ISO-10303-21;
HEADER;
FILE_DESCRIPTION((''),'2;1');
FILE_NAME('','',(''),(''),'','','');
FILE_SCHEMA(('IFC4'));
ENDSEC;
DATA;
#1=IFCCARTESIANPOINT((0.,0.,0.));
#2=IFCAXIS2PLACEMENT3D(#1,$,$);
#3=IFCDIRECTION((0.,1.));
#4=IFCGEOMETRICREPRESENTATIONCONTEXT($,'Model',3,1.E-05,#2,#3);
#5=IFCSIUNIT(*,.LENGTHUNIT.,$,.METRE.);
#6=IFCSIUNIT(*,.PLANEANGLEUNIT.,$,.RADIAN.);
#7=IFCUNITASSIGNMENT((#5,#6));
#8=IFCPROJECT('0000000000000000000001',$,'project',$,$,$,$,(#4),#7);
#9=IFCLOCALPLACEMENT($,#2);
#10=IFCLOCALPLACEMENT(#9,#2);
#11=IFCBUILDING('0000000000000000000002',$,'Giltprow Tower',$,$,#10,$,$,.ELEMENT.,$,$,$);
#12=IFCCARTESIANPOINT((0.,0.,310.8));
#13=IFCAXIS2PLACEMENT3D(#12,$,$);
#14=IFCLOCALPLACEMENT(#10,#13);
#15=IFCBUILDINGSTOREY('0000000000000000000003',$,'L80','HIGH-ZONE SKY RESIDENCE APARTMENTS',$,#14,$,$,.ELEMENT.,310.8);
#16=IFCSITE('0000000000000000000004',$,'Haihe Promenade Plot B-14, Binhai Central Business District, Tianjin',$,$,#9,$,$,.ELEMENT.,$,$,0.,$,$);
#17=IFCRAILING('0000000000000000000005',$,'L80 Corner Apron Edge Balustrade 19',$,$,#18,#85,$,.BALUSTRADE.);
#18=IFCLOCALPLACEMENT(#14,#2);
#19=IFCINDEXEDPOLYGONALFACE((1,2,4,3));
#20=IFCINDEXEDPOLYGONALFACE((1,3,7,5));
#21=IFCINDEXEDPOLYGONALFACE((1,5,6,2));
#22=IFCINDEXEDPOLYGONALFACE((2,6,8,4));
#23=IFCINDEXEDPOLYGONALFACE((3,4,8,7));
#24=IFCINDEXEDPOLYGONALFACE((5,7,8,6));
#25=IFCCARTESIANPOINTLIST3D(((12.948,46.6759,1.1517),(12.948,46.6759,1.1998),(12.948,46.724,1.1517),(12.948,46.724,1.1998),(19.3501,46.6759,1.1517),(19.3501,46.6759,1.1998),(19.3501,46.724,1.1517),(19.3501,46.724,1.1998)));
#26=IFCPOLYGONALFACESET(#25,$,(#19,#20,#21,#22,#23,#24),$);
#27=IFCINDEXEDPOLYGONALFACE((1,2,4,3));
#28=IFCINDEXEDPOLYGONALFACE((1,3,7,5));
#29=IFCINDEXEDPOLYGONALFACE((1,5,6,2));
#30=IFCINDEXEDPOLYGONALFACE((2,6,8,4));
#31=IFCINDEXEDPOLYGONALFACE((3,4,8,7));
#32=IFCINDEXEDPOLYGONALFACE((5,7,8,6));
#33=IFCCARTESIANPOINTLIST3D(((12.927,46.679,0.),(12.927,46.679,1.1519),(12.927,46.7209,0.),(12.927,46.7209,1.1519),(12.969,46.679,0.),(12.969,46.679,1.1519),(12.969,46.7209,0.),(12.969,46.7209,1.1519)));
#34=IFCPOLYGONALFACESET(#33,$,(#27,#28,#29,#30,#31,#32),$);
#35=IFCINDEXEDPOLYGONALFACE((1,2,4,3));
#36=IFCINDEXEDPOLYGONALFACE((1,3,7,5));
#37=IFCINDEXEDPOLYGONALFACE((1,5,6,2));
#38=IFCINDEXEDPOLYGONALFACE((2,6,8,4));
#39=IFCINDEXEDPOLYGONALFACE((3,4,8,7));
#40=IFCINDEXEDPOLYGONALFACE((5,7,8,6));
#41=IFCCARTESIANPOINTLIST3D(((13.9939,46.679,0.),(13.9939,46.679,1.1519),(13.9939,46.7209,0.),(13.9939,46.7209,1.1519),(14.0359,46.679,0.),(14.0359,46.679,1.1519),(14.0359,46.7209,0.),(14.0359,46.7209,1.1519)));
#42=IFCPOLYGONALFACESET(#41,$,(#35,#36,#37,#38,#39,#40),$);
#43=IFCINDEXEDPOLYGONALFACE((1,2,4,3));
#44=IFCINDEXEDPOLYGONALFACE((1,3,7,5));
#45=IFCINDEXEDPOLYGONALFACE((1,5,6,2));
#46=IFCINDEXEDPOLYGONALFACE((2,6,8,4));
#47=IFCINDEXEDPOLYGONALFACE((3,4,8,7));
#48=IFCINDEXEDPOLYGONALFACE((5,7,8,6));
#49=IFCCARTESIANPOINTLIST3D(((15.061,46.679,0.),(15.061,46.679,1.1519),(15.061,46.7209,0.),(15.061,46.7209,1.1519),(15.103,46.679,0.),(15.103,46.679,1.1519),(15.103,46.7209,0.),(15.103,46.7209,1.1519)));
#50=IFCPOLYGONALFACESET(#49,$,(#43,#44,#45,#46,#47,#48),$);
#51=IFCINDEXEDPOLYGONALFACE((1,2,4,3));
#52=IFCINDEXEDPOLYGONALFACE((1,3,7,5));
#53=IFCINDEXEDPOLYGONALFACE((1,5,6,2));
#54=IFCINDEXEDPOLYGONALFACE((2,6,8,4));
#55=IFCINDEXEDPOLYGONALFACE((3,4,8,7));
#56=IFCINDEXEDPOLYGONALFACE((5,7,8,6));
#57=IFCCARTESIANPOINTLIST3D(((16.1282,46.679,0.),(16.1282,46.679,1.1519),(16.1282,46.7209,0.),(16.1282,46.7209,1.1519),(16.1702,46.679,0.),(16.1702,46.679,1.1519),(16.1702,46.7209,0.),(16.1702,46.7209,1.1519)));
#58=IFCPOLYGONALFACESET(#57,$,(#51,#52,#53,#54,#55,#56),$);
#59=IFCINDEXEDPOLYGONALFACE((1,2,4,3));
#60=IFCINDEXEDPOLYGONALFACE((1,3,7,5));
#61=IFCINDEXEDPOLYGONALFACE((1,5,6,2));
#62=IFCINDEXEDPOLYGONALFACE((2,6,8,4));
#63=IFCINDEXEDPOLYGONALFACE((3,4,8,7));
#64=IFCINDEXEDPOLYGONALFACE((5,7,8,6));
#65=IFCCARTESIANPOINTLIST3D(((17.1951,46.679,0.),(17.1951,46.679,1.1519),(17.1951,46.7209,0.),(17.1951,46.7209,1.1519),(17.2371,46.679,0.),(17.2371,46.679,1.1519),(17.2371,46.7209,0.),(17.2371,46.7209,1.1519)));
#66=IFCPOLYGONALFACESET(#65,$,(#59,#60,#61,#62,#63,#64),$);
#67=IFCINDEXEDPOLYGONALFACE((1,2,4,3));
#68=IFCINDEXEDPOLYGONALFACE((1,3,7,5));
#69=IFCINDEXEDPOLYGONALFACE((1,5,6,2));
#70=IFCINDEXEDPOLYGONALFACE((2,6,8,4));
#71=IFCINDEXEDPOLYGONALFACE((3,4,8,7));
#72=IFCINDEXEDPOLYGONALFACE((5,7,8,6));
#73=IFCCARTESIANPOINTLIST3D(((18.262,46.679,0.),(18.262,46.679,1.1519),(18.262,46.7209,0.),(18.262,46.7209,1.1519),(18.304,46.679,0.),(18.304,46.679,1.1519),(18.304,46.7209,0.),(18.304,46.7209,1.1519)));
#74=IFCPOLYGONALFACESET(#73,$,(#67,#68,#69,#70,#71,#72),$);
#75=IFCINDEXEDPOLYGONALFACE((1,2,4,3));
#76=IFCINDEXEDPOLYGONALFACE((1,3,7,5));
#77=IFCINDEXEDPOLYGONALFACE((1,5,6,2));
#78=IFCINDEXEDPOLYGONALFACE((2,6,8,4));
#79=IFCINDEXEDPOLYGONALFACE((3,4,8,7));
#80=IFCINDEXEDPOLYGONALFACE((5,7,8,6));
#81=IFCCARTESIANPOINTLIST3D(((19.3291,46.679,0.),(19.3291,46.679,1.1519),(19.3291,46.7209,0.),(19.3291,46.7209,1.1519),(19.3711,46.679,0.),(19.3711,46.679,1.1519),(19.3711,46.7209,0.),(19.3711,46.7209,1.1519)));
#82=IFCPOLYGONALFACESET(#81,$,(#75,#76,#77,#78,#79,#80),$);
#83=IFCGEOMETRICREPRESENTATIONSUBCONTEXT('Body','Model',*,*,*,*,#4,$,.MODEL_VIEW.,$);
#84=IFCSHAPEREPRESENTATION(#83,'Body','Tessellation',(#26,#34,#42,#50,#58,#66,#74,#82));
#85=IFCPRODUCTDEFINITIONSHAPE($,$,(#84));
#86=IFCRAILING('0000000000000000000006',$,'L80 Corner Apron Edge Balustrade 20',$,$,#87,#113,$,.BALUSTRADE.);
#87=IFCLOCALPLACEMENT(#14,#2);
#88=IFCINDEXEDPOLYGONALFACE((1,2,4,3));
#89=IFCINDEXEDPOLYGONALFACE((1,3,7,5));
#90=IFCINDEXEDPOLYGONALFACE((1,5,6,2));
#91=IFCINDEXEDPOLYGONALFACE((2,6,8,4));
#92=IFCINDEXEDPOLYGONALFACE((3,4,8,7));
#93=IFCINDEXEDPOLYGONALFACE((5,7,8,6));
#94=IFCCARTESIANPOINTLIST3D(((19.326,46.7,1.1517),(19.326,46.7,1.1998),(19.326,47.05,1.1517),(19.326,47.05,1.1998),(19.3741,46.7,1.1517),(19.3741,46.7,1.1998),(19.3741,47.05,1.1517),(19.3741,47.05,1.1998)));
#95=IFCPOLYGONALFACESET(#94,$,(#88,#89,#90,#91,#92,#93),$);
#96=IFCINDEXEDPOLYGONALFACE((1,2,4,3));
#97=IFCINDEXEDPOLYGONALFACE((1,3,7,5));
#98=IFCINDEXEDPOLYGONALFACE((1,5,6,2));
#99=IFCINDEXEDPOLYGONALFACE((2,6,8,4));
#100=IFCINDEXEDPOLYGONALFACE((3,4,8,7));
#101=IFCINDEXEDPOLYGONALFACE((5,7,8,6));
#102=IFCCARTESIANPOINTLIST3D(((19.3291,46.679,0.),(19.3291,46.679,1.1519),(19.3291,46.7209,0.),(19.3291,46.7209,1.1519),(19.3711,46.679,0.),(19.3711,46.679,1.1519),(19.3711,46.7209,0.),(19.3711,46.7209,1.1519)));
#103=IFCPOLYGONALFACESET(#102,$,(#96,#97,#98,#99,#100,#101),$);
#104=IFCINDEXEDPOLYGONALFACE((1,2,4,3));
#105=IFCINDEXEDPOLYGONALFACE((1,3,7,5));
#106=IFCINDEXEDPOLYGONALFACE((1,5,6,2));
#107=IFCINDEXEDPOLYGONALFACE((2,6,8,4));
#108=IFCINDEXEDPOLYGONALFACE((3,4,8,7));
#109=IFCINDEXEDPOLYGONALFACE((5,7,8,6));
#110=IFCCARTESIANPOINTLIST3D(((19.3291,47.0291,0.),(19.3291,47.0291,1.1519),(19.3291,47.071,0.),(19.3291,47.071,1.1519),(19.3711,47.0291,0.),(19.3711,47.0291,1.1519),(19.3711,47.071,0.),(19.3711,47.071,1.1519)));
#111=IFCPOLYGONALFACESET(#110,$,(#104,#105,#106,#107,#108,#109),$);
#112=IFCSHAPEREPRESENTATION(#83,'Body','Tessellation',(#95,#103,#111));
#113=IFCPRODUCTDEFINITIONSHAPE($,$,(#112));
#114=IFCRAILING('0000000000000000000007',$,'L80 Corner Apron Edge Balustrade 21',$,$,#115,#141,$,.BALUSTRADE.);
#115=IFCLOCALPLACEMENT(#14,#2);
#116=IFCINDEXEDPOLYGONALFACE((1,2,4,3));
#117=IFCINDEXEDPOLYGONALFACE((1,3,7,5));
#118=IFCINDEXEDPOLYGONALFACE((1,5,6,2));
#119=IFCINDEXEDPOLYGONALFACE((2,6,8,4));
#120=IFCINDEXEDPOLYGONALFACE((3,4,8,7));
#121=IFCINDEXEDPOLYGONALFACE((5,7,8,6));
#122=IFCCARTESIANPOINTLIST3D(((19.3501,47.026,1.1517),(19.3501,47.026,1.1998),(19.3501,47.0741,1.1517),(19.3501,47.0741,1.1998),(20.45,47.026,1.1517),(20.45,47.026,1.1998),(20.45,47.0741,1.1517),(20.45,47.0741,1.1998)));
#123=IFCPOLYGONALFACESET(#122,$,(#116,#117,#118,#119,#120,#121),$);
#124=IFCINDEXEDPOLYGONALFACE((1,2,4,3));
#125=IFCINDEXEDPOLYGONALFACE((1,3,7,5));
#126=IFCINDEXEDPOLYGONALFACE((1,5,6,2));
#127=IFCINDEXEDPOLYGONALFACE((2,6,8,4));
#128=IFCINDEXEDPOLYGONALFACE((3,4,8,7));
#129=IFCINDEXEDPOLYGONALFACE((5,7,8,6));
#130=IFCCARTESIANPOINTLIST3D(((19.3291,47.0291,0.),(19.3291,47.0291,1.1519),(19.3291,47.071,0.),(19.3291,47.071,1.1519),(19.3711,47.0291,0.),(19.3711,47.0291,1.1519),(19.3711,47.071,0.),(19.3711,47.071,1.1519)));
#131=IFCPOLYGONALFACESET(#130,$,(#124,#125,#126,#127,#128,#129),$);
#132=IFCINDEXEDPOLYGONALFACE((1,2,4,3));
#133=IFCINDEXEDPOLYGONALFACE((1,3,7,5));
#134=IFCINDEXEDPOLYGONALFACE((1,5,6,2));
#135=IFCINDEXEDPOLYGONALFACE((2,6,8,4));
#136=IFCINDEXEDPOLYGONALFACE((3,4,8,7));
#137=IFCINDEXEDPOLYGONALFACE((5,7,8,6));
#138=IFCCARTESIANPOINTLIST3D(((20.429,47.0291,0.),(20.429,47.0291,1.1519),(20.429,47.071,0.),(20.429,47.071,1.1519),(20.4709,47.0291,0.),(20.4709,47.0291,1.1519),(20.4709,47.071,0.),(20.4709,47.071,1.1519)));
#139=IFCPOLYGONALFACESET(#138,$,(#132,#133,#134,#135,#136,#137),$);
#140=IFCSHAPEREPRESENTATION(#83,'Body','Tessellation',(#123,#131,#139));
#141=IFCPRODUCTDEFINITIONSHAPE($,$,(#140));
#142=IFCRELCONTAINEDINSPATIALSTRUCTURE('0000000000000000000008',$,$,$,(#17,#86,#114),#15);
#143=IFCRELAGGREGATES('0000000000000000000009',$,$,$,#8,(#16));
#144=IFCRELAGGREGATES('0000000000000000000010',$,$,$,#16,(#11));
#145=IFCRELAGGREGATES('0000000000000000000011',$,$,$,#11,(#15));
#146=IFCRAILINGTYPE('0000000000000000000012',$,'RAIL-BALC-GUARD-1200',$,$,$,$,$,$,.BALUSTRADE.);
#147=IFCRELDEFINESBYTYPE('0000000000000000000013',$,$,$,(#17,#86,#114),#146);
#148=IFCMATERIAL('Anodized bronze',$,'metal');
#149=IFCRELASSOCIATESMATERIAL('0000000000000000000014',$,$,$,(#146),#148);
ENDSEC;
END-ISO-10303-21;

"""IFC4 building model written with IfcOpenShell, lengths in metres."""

from ifc_helpers import new_model, si_unit, direction, frame, origin, origin_2d, place, context, subcontext, project, spatial, rectangle, extrude, material, type_object, element, save


model = new_model("IFC4")

# Units and contexts
model_context = context("Model", 3, precision=1e-05, world=origin(), true_north=direction((0.0, 1.0)))
body_context = subcontext(model_context, "Body", "Model", "MODEL_VIEW")
ifc_project = project(units=[si_unit("LENGTHUNIT", "METRE"), si_unit("PLANEANGLEUNIT", "RADIAN")], contexts=[model_context])

# Site, building, storey
site_placement = place(None, origin())
site = spatial("IfcSite", under=ifc_project, at=site_placement, Name="Haihe Promenade Plot B-14, Binhai Central Business District, Tianjin", CompositionType="ELEMENT", RefElevation=0.0)
building_placement = place(site_placement, origin())
building = spatial("IfcBuilding", under=site, at=building_placement, Name="Giltprow Tower", CompositionType="ELEMENT")
storey_placement = place(building_placement, frame((0.0, 0.0, 310.8)))
storey = spatial("IfcBuildingStorey", under=building, at=storey_placement, Name="L80", Description="HIGH-ZONE SKY RESIDENCE APARTMENTS", CompositionType="ELEMENT", Elevation=310.8)

# Railings
ifc_material_1 = material(Name="Anodized bronze", Category="metal")
railing_type = type_object("IfcRailingType", Name="RAIL-BALC-GUARD-1200", PredefinedType="BALUSTRADE", material=ifc_material_1)
railing_1_placement = place(storey_placement, frame((12.948, 46.7, 0.0)))
element("IfcRailing", 1, at=railing_1_placement, inside=storey, type_object=railing_type, Name="L80 Corner Apron Edge Balustrade 19", PredefinedType="BALUSTRADE", context=body_context, shape_type="SweptSolid", body=[
    extrude(rectangle(XDim=0.0481, YDim=0.0481, at=origin_2d()), frame((0.0, 0.0, 1.1758), z_axis=(1.0, 0.0, 0.0), x_axis=(0.0, 1.0, 0.0)), (0.0, 0.0, 1.0), 6.4021),
    extrude(rectangle(XDim=0.042, YDim=0.042, at=origin_2d()), origin(), (0.0, 0.0, 1.0), 1.1519),
    extrude(rectangle(XDim=0.042, YDim=0.042, at=origin_2d()), frame((1.0669, 0.0, 0.0)), (0.0, 0.0, 1.0), 1.1519),
    extrude(rectangle(XDim=0.042, YDim=0.042, at=origin_2d()), frame((2.134, 0.0, 0.0)), (0.0, 0.0, 1.0), 1.1519),
    extrude(rectangle(XDim=0.042, YDim=0.042, at=origin_2d()), frame((3.2012, 0.0, 0.0)), (0.0, 0.0, 1.0), 1.1519),
    extrude(rectangle(XDim=0.042, YDim=0.042, at=origin_2d()), frame((4.2681, 0.0, 0.0)), (0.0, 0.0, 1.0), 1.1519),
    extrude(rectangle(XDim=0.042, YDim=0.042, at=origin_2d()), frame((5.335, 0.0, 0.0)), (0.0, 0.0, 1.0), 1.1519),
    extrude(rectangle(XDim=0.042, YDim=0.042, at=origin_2d()), frame((6.4021, 0.0, 0.0)), (0.0, 0.0, 1.0), 1.1519),
])
railing_2_placement = place(storey_placement, frame((19.3501, 46.7, 0.0)))
element("IfcRailing", 2, at=railing_2_placement, inside=storey, type_object=railing_type, Name="L80 Corner Apron Edge Balustrade 20", PredefinedType="BALUSTRADE", context=body_context, shape_type="SweptSolid", body=[
    extrude(rectangle(XDim=0.0481, YDim=0.0481, at=origin_2d()), frame((0.0, 0.0, 1.1758), z_axis=(0.0, 1.0, 0.0), x_axis=(-1.0, 0.0, 0.0)), (0.0, 0.0, 1.0), 0.3501),
    extrude(rectangle(XDim=0.042, YDim=0.042, at=origin_2d()), origin(), (0.0, 0.0, 1.0), 1.1519),
    extrude(rectangle(XDim=0.042, YDim=0.042, at=origin_2d()), frame((0.0, 0.3501, 0.0)), (0.0, 0.0, 1.0), 1.1519),
])
railing_3_placement = place(storey_placement, frame((19.3501, 47.05, 0.0)))
element("IfcRailing", 3, at=railing_3_placement, inside=storey, type_object=railing_type, Name="L80 Corner Apron Edge Balustrade 21", PredefinedType="BALUSTRADE", context=body_context, shape_type="SweptSolid", body=[
    extrude(rectangle(XDim=0.0481, YDim=0.0481, at=origin_2d()), frame((0.0, 0.0, 1.1758), z_axis=(1.0, 0.0, 0.0), x_axis=(0.0, 1.0, 0.0)), (0.0, 0.0, 1.0), 1.0999),
    extrude(rectangle(XDim=0.042, YDim=0.042, at=origin_2d()), origin(), (0.0, 0.0, 1.0), 1.1519),
    extrude(rectangle(XDim=0.042, YDim=0.042, at=origin_2d()), frame((1.0999, 0.0, 0.0)), (0.0, 0.0, 1.0), 1.1519),
])

save(model, "model.ifc")
